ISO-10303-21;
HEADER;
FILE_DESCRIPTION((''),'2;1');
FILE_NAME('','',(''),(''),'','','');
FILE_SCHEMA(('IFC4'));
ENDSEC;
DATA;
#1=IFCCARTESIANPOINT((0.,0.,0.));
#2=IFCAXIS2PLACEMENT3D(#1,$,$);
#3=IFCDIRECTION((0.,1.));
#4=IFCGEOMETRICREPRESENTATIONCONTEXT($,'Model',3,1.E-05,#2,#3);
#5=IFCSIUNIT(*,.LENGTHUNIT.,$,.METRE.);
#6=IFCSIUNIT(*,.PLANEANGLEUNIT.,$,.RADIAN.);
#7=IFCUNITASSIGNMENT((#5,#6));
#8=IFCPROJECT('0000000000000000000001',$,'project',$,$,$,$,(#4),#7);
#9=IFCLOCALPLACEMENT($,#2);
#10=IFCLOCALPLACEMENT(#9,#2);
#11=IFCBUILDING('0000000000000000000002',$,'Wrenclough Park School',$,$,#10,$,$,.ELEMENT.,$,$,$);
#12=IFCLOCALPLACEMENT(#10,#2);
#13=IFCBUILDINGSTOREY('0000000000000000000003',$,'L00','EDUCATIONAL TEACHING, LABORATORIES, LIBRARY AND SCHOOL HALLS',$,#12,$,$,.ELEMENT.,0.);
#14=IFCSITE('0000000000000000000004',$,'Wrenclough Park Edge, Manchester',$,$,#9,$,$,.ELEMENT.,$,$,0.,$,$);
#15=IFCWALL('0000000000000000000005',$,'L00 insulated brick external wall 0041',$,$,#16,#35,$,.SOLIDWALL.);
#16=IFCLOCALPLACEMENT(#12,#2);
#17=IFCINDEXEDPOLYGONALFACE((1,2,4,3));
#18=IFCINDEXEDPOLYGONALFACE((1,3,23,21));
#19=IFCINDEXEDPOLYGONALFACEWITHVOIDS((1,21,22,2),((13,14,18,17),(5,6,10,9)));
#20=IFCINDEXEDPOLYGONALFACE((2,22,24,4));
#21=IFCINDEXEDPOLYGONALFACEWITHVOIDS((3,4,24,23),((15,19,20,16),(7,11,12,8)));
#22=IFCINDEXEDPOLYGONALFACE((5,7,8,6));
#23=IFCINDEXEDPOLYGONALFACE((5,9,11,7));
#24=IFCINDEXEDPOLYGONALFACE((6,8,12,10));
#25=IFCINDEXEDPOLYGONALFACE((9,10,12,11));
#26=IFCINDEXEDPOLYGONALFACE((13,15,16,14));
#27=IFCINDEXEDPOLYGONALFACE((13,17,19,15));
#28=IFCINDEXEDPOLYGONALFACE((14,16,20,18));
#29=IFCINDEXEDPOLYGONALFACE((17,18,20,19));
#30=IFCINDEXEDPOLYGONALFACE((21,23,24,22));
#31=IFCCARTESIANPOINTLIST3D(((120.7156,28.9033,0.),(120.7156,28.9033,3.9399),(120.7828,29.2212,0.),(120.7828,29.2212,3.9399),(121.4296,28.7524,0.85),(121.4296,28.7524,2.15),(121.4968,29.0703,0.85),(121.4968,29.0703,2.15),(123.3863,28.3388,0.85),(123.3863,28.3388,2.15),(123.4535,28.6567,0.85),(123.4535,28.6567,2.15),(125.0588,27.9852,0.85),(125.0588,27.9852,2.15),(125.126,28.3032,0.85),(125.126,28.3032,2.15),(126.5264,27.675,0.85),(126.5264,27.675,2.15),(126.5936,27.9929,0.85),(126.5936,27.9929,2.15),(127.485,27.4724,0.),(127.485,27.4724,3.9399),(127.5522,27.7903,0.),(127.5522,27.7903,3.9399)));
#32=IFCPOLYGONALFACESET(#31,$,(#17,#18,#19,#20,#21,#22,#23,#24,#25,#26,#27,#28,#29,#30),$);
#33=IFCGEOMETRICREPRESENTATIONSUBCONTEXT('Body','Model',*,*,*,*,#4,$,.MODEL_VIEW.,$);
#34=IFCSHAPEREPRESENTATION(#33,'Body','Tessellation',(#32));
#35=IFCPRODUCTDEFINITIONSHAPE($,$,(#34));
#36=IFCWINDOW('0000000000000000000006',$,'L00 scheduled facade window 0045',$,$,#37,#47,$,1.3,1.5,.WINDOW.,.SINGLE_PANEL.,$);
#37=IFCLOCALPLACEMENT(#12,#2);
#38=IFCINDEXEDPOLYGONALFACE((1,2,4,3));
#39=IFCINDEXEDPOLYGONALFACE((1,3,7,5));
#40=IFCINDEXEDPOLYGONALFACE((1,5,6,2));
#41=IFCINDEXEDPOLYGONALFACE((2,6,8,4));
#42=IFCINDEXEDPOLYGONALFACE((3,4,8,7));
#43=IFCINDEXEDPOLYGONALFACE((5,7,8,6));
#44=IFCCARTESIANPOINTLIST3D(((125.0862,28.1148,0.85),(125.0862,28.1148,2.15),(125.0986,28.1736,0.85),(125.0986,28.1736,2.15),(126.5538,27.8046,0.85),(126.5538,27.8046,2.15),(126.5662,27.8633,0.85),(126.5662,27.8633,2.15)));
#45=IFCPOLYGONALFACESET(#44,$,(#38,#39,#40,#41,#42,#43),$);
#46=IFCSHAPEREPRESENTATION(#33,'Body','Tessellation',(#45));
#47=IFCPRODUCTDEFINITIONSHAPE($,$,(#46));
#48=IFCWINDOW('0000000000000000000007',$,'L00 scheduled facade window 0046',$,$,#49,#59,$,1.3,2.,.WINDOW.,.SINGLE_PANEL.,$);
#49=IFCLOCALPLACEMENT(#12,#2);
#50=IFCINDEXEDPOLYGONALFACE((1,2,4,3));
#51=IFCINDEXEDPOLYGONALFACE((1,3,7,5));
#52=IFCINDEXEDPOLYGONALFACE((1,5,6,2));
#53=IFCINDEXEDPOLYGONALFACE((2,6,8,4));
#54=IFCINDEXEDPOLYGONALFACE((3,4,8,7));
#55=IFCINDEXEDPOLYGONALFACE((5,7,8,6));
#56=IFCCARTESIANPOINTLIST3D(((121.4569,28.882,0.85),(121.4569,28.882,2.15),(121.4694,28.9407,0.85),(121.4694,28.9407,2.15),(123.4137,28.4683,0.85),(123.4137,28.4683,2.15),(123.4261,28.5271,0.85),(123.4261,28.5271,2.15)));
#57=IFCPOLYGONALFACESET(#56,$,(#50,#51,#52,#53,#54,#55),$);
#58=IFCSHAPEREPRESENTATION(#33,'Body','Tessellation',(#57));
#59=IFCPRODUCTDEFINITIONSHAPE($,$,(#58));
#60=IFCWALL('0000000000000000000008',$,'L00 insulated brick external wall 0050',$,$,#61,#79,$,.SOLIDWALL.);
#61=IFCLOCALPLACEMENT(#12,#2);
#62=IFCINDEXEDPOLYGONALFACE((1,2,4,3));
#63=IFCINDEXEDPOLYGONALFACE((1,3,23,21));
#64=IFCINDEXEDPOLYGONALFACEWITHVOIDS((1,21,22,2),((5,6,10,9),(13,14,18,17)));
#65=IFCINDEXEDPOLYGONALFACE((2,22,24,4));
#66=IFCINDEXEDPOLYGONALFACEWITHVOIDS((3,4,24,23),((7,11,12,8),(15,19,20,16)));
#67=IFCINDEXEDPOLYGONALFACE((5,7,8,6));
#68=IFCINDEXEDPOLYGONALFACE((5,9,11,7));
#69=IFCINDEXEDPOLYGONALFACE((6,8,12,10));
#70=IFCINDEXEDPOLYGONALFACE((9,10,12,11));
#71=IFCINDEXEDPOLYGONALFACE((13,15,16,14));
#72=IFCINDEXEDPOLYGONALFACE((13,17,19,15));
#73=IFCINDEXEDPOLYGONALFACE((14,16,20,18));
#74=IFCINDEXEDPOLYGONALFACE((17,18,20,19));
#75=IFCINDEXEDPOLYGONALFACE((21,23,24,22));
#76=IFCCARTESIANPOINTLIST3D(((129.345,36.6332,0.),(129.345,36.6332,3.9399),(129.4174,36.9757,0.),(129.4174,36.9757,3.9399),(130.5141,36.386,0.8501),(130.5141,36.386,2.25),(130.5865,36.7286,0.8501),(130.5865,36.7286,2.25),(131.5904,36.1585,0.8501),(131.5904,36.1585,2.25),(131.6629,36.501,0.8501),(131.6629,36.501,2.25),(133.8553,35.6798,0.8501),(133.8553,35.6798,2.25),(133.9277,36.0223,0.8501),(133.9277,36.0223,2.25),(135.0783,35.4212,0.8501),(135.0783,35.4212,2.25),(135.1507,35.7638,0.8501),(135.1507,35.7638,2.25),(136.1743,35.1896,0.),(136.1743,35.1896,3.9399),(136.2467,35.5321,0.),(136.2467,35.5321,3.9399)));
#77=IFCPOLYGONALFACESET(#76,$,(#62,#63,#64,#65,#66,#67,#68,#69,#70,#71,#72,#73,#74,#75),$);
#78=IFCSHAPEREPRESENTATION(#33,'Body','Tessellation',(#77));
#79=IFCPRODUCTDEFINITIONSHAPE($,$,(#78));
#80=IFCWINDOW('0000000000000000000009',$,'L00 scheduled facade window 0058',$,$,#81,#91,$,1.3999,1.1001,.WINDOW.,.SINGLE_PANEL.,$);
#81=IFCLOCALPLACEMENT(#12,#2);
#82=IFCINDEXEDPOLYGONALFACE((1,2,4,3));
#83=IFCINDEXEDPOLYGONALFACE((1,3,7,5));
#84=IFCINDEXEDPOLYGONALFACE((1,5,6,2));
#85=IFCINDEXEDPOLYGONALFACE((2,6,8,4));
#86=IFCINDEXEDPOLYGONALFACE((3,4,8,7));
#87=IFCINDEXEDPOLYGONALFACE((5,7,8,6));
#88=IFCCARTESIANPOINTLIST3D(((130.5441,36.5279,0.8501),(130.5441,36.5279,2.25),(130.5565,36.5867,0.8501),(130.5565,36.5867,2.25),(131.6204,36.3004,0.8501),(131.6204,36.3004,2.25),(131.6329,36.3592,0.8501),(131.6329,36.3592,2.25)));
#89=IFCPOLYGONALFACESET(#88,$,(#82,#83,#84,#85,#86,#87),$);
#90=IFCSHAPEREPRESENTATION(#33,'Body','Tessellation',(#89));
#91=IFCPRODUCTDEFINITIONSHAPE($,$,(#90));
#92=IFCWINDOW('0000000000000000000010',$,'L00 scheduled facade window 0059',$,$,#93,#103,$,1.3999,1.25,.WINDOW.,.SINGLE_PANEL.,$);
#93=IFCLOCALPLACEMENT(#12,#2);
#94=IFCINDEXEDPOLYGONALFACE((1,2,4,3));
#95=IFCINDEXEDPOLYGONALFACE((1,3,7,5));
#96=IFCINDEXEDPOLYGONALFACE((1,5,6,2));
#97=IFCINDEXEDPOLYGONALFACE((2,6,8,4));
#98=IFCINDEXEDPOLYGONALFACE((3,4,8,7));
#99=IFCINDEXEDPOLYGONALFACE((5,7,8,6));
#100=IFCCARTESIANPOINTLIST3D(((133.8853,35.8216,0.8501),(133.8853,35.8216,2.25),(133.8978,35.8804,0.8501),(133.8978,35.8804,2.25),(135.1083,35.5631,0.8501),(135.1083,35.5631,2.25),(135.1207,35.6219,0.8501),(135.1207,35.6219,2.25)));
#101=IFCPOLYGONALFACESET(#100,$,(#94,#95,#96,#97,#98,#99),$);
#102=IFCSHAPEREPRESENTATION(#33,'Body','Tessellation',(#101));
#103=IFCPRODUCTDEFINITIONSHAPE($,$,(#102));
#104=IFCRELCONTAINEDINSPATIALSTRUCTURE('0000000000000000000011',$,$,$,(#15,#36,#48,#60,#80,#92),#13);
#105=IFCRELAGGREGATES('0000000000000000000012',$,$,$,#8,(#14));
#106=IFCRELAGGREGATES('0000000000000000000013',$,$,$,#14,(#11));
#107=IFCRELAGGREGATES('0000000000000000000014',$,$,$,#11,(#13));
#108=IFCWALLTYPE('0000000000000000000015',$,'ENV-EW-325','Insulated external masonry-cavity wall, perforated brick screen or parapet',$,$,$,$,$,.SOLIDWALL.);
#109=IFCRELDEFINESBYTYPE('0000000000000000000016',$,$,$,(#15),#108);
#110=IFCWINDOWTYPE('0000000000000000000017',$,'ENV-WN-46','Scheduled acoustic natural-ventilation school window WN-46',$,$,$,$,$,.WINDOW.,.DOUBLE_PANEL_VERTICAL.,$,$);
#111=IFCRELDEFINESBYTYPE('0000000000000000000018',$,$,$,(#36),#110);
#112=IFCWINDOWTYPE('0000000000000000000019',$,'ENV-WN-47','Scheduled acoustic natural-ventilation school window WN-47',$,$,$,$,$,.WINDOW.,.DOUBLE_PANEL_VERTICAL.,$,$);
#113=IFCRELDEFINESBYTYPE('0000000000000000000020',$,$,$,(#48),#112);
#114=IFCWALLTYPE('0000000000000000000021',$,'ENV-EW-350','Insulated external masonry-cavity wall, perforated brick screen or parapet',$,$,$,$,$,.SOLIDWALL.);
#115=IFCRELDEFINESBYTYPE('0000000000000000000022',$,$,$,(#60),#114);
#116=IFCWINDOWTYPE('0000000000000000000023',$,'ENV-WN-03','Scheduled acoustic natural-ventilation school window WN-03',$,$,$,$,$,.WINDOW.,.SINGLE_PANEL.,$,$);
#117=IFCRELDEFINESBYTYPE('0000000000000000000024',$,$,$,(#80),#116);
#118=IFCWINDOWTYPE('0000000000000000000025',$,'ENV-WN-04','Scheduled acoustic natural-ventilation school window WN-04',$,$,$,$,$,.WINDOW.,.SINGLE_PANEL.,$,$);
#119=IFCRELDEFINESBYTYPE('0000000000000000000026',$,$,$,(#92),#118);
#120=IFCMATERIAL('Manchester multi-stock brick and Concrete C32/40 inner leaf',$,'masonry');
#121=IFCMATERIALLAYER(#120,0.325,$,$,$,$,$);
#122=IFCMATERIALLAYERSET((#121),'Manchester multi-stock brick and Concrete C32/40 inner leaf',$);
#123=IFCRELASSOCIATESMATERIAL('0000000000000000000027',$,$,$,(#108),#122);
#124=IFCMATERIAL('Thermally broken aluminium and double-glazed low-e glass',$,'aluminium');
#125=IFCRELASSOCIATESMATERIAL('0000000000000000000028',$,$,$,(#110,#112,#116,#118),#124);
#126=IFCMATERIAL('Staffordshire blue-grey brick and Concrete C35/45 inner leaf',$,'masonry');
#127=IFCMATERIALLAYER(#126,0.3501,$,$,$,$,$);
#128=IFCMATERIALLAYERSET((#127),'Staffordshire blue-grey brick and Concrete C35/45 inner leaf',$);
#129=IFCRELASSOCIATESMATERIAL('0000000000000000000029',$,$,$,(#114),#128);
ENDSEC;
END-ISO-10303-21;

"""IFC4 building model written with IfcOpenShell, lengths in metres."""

from ifc_helpers import new_model, si_unit, direction, frame, frame_2d, origin, place, context, subcontext, project, spatial, rectangle, extrude, material, layer, layer_set, type_object, element, fill, save


model = new_model("IFC4")

# Units and contexts
model_context = context("Model", 3, precision=1e-05, world=origin(), true_north=direction((0.0, 1.0)))
body_context = subcontext(model_context, "Body", "Model", "MODEL_VIEW")
ifc_project = project(units=[si_unit("LENGTHUNIT", "METRE"), si_unit("PLANEANGLEUNIT", "RADIAN")], contexts=[model_context])

# Site, building, storey
site_placement = place(None, origin())
site = spatial("IfcSite", under=ifc_project, at=site_placement, Name="Wrenclough Park Edge, Manchester", CompositionType="ELEMENT", RefElevation=0.0)
building_placement = place(site_placement, origin())
building = spatial("IfcBuilding", under=site, at=building_placement, Name="Wrenclough Park School", CompositionType="ELEMENT")
storey_placement = place(building_placement, origin())
storey = spatial("IfcBuildingStorey", under=building, at=storey_placement, Name="L00", Description="EDUCATIONAL TEACHING, LABORATORIES, LIBRARY AND SCHOOL HALLS", CompositionType="ELEMENT", Elevation=0.0)

# Walls, openings, windows
ifc_material_1 = material(Name="Manchester multi-stock brick and Concrete C32/40 inner leaf", Category="masonry")
ifc_layer_1 = layer(ifc_material_1, 0.325)
ifc_layer_set_1 = layer_set([ifc_layer_1], Name="Manchester multi-stock brick and Concrete C32/40 inner leaf")
wall_type_1 = type_object("IfcWallType", Name="ENV-EW-325", Description="Insulated external masonry-cavity wall, perforated brick screen or parapet", PredefinedType="SOLIDWALL", material=ifc_layer_set_1)
wall_1_placement = place(storey_placement, frame((127.5186, 27.6313, 0.0), z_axis=(0.0, 0.0, 1.0), x_axis=(-0.978381, 0.206812, 0.0)))
wall_1 = element("IfcWall", 1, at=wall_1_placement, inside=storey, type_object=wall_type_1, Name="L00 insulated brick external wall 0041", PredefinedType="SOLIDWALL", context=body_context, shape_type="SweptSolid", body=[
    extrude(rectangle(XDim=6.9189, YDim=0.325, at=frame_2d((3.4595, 0.0))), origin(), (0.0, 0.0, 1.0), 3.9399),
])
opening_1_placement = place(wall_1_placement, frame((0.9797, 0.0, 0.8501)))
opening_1 = element("IfcOpeningElement", 2, at=opening_1_placement, cuts=wall_1, PredefinedType="OPENING", context=body_context, shape_type="SweptSolid", body=[
    extrude(rectangle(XDim=1.5, YDim=1.3, at=frame_2d((0.75, 0.6499))), frame((0.0, 0.1724, 0.0), z_axis=(0.0, -1.0, 0.0), x_axis=(1.0, 0.0, 0.0)), (0.0, 0.0, 1.0), 0.345),
])
opening_2_placement = place(wall_1_placement, frame((4.1892, 0.0, 0.8501)))
opening_2 = element("IfcOpeningElement", 3, at=opening_2_placement, cuts=wall_1, PredefinedType="OPENING", context=body_context, shape_type="SweptSolid", body=[
    extrude(rectangle(XDim=2.0, YDim=1.3, at=frame_2d((1.0, 0.6499))), frame((0.0, 0.1724, 0.0), z_axis=(0.0, -1.0, 0.0), x_axis=(1.0, 0.0, 0.0)), (0.0, 0.0, 1.0), 0.345),
])
ifc_material_2 = material(Name="Thermally broken aluminium and double-glazed low-e glass", Category="aluminium")
window_type_1 = type_object("IfcWindowType", Name="ENV-WN-46", Description="Scheduled acoustic natural-ventilation school window WN-46", PartitioningType="DOUBLE_PANEL_VERTICAL", PredefinedType="WINDOW", material=ifc_material_2)
window_1_placement = place(opening_1_placement, origin())
window_1 = element("IfcWindow", 4, at=window_1_placement, inside=storey, type_object=window_type_1, Name="L00 scheduled facade window 0045", OverallHeight=1.3, OverallWidth=1.5, PartitioningType="SINGLE_PANEL", PredefinedType="WINDOW", context=body_context, shape_type="SweptSolid", body=[
    extrude(rectangle(XDim=1.5, YDim=1.3, at=frame_2d((0.75, 0.6499))), frame((0.0, 0.03, 0.0), z_axis=(0.0, -1.0, 0.0), x_axis=(1.0, 0.0, 0.0)), (0.0, 0.0, 1.0), 0.0601),
])
fill(opening_1, window_1)
window_type_2 = type_object("IfcWindowType", Name="ENV-WN-47", Description="Scheduled acoustic natural-ventilation school window WN-47", PartitioningType="DOUBLE_PANEL_VERTICAL", PredefinedType="WINDOW", material=ifc_material_2)
window_2_placement = place(opening_2_placement, origin())
window_2 = element("IfcWindow", 5, at=window_2_placement, inside=storey, type_object=window_type_2, Name="L00 scheduled facade window 0046", OverallHeight=1.3, OverallWidth=2.0, PartitioningType="SINGLE_PANEL", PredefinedType="WINDOW", context=body_context, shape_type="SweptSolid", body=[
    extrude(rectangle(XDim=2.0, YDim=1.3, at=frame_2d((1.0, 0.6499))), frame((0.0, 0.03, 0.0), z_axis=(0.0, -1.0, 0.0), x_axis=(1.0, 0.0, 0.0)), (0.0, 0.0, 1.0), 0.0601),
])
fill(opening_2, window_2)
ifc_material_3 = material(Name="Staffordshire blue-grey brick and Concrete C35/45 inner leaf", Category="masonry")
ifc_layer_2 = layer(ifc_material_3, 0.3501)
ifc_layer_set_2 = layer_set([ifc_layer_2], Name="Staffordshire blue-grey brick and Concrete C35/45 inner leaf")
wall_type_2 = type_object("IfcWallType", Name="ENV-EW-350", Description="Insulated external masonry-cavity wall, perforated brick screen or parapet", PredefinedType="SOLIDWALL", material=ifc_layer_set_2)
wall_2_placement = place(storey_placement, frame((129.3811, 36.8044, 0.0), z_axis=(0.0, 0.0, 1.0), x_axis=(0.978381, -0.206812, 0.0)))
wall_2 = element("IfcWall", 6, at=wall_2_placement, inside=storey, type_object=wall_type_2, Name="L00 insulated brick external wall 0050", PredefinedType="SOLIDWALL", context=body_context, shape_type="SweptSolid", body=[
    extrude(rectangle(XDim=6.9802, YDim=0.3501, at=frame_2d((3.4902, 0.0))), origin(), (0.0, 0.0, 1.0), 3.9399),
])
opening_3_placement = place(wall_2_placement, frame((1.1951, 0.0, 0.8501)))
opening_3 = element("IfcOpeningElement", 7, at=opening_3_placement, cuts=wall_2, PredefinedType="OPENING", context=body_context, shape_type="SweptSolid", body=[
    extrude(rectangle(XDim=1.1001, YDim=1.3999, at=frame_2d((0.55, 0.7))), frame((0.0, 0.1851, 0.0), z_axis=(0.0, -1.0, 0.0), x_axis=(1.0, 0.0, 0.0)), (0.0, 0.0, 1.0), 0.3701),
])
opening_4_placement = place(wall_2_placement, frame((4.6101, 0.0, 0.8501)))
opening_4 = element("IfcOpeningElement", 8, at=opening_4_placement, cuts=wall_2, PredefinedType="OPENING", context=body_context, shape_type="SweptSolid", body=[
    extrude(rectangle(XDim=1.25, YDim=1.3999, at=frame_2d((0.625, 0.7))), frame((0.0, 0.1851, 0.0), z_axis=(0.0, -1.0, 0.0), x_axis=(1.0, 0.0, 0.0)), (0.0, 0.0, 1.0), 0.3701),
])
window_type_3 = type_object("IfcWindowType", Name="ENV-WN-03", Description="Scheduled acoustic natural-ventilation school window WN-03", PartitioningType="SINGLE_PANEL", PredefinedType="WINDOW", material=ifc_material_2)
window_3_placement = place(opening_3_placement, origin())
window_3 = element("IfcWindow", 9, at=window_3_placement, inside=storey, type_object=window_type_3, Name="L00 scheduled facade window 0058", OverallHeight=1.3999, OverallWidth=1.1001, PartitioningType="SINGLE_PANEL", PredefinedType="WINDOW", context=body_context, shape_type="SweptSolid", body=[
    extrude(rectangle(XDim=1.1001, YDim=1.3999, at=frame_2d((0.55, 0.7))), frame((0.0, 0.03, 0.0), z_axis=(0.0, -1.0, 0.0), x_axis=(1.0, 0.0, 0.0)), (0.0, 0.0, 1.0), 0.0601),
])
fill(opening_3, window_3)
window_type_4 = type_object("IfcWindowType", Name="ENV-WN-04", Description="Scheduled acoustic natural-ventilation school window WN-04", PartitioningType="SINGLE_PANEL", PredefinedType="WINDOW", material=ifc_material_2)
window_4_placement = place(opening_4_placement, origin())
window_4 = element("IfcWindow", 10, at=window_4_placement, inside=storey, type_object=window_type_4, Name="L00 scheduled facade window 0059", OverallHeight=1.3999, OverallWidth=1.25, PartitioningType="SINGLE_PANEL", PredefinedType="WINDOW", context=body_context, shape_type="SweptSolid", body=[
    extrude(rectangle(XDim=1.25, YDim=1.3999, at=frame_2d((0.625, 0.7))), frame((0.0, 0.03, 0.0), z_axis=(0.0, -1.0, 0.0), x_axis=(1.0, 0.0, 0.0)), (0.0, 0.0, 1.0), 0.0601),
])
fill(opening_4, window_4)

save(model, "model.ifc")
